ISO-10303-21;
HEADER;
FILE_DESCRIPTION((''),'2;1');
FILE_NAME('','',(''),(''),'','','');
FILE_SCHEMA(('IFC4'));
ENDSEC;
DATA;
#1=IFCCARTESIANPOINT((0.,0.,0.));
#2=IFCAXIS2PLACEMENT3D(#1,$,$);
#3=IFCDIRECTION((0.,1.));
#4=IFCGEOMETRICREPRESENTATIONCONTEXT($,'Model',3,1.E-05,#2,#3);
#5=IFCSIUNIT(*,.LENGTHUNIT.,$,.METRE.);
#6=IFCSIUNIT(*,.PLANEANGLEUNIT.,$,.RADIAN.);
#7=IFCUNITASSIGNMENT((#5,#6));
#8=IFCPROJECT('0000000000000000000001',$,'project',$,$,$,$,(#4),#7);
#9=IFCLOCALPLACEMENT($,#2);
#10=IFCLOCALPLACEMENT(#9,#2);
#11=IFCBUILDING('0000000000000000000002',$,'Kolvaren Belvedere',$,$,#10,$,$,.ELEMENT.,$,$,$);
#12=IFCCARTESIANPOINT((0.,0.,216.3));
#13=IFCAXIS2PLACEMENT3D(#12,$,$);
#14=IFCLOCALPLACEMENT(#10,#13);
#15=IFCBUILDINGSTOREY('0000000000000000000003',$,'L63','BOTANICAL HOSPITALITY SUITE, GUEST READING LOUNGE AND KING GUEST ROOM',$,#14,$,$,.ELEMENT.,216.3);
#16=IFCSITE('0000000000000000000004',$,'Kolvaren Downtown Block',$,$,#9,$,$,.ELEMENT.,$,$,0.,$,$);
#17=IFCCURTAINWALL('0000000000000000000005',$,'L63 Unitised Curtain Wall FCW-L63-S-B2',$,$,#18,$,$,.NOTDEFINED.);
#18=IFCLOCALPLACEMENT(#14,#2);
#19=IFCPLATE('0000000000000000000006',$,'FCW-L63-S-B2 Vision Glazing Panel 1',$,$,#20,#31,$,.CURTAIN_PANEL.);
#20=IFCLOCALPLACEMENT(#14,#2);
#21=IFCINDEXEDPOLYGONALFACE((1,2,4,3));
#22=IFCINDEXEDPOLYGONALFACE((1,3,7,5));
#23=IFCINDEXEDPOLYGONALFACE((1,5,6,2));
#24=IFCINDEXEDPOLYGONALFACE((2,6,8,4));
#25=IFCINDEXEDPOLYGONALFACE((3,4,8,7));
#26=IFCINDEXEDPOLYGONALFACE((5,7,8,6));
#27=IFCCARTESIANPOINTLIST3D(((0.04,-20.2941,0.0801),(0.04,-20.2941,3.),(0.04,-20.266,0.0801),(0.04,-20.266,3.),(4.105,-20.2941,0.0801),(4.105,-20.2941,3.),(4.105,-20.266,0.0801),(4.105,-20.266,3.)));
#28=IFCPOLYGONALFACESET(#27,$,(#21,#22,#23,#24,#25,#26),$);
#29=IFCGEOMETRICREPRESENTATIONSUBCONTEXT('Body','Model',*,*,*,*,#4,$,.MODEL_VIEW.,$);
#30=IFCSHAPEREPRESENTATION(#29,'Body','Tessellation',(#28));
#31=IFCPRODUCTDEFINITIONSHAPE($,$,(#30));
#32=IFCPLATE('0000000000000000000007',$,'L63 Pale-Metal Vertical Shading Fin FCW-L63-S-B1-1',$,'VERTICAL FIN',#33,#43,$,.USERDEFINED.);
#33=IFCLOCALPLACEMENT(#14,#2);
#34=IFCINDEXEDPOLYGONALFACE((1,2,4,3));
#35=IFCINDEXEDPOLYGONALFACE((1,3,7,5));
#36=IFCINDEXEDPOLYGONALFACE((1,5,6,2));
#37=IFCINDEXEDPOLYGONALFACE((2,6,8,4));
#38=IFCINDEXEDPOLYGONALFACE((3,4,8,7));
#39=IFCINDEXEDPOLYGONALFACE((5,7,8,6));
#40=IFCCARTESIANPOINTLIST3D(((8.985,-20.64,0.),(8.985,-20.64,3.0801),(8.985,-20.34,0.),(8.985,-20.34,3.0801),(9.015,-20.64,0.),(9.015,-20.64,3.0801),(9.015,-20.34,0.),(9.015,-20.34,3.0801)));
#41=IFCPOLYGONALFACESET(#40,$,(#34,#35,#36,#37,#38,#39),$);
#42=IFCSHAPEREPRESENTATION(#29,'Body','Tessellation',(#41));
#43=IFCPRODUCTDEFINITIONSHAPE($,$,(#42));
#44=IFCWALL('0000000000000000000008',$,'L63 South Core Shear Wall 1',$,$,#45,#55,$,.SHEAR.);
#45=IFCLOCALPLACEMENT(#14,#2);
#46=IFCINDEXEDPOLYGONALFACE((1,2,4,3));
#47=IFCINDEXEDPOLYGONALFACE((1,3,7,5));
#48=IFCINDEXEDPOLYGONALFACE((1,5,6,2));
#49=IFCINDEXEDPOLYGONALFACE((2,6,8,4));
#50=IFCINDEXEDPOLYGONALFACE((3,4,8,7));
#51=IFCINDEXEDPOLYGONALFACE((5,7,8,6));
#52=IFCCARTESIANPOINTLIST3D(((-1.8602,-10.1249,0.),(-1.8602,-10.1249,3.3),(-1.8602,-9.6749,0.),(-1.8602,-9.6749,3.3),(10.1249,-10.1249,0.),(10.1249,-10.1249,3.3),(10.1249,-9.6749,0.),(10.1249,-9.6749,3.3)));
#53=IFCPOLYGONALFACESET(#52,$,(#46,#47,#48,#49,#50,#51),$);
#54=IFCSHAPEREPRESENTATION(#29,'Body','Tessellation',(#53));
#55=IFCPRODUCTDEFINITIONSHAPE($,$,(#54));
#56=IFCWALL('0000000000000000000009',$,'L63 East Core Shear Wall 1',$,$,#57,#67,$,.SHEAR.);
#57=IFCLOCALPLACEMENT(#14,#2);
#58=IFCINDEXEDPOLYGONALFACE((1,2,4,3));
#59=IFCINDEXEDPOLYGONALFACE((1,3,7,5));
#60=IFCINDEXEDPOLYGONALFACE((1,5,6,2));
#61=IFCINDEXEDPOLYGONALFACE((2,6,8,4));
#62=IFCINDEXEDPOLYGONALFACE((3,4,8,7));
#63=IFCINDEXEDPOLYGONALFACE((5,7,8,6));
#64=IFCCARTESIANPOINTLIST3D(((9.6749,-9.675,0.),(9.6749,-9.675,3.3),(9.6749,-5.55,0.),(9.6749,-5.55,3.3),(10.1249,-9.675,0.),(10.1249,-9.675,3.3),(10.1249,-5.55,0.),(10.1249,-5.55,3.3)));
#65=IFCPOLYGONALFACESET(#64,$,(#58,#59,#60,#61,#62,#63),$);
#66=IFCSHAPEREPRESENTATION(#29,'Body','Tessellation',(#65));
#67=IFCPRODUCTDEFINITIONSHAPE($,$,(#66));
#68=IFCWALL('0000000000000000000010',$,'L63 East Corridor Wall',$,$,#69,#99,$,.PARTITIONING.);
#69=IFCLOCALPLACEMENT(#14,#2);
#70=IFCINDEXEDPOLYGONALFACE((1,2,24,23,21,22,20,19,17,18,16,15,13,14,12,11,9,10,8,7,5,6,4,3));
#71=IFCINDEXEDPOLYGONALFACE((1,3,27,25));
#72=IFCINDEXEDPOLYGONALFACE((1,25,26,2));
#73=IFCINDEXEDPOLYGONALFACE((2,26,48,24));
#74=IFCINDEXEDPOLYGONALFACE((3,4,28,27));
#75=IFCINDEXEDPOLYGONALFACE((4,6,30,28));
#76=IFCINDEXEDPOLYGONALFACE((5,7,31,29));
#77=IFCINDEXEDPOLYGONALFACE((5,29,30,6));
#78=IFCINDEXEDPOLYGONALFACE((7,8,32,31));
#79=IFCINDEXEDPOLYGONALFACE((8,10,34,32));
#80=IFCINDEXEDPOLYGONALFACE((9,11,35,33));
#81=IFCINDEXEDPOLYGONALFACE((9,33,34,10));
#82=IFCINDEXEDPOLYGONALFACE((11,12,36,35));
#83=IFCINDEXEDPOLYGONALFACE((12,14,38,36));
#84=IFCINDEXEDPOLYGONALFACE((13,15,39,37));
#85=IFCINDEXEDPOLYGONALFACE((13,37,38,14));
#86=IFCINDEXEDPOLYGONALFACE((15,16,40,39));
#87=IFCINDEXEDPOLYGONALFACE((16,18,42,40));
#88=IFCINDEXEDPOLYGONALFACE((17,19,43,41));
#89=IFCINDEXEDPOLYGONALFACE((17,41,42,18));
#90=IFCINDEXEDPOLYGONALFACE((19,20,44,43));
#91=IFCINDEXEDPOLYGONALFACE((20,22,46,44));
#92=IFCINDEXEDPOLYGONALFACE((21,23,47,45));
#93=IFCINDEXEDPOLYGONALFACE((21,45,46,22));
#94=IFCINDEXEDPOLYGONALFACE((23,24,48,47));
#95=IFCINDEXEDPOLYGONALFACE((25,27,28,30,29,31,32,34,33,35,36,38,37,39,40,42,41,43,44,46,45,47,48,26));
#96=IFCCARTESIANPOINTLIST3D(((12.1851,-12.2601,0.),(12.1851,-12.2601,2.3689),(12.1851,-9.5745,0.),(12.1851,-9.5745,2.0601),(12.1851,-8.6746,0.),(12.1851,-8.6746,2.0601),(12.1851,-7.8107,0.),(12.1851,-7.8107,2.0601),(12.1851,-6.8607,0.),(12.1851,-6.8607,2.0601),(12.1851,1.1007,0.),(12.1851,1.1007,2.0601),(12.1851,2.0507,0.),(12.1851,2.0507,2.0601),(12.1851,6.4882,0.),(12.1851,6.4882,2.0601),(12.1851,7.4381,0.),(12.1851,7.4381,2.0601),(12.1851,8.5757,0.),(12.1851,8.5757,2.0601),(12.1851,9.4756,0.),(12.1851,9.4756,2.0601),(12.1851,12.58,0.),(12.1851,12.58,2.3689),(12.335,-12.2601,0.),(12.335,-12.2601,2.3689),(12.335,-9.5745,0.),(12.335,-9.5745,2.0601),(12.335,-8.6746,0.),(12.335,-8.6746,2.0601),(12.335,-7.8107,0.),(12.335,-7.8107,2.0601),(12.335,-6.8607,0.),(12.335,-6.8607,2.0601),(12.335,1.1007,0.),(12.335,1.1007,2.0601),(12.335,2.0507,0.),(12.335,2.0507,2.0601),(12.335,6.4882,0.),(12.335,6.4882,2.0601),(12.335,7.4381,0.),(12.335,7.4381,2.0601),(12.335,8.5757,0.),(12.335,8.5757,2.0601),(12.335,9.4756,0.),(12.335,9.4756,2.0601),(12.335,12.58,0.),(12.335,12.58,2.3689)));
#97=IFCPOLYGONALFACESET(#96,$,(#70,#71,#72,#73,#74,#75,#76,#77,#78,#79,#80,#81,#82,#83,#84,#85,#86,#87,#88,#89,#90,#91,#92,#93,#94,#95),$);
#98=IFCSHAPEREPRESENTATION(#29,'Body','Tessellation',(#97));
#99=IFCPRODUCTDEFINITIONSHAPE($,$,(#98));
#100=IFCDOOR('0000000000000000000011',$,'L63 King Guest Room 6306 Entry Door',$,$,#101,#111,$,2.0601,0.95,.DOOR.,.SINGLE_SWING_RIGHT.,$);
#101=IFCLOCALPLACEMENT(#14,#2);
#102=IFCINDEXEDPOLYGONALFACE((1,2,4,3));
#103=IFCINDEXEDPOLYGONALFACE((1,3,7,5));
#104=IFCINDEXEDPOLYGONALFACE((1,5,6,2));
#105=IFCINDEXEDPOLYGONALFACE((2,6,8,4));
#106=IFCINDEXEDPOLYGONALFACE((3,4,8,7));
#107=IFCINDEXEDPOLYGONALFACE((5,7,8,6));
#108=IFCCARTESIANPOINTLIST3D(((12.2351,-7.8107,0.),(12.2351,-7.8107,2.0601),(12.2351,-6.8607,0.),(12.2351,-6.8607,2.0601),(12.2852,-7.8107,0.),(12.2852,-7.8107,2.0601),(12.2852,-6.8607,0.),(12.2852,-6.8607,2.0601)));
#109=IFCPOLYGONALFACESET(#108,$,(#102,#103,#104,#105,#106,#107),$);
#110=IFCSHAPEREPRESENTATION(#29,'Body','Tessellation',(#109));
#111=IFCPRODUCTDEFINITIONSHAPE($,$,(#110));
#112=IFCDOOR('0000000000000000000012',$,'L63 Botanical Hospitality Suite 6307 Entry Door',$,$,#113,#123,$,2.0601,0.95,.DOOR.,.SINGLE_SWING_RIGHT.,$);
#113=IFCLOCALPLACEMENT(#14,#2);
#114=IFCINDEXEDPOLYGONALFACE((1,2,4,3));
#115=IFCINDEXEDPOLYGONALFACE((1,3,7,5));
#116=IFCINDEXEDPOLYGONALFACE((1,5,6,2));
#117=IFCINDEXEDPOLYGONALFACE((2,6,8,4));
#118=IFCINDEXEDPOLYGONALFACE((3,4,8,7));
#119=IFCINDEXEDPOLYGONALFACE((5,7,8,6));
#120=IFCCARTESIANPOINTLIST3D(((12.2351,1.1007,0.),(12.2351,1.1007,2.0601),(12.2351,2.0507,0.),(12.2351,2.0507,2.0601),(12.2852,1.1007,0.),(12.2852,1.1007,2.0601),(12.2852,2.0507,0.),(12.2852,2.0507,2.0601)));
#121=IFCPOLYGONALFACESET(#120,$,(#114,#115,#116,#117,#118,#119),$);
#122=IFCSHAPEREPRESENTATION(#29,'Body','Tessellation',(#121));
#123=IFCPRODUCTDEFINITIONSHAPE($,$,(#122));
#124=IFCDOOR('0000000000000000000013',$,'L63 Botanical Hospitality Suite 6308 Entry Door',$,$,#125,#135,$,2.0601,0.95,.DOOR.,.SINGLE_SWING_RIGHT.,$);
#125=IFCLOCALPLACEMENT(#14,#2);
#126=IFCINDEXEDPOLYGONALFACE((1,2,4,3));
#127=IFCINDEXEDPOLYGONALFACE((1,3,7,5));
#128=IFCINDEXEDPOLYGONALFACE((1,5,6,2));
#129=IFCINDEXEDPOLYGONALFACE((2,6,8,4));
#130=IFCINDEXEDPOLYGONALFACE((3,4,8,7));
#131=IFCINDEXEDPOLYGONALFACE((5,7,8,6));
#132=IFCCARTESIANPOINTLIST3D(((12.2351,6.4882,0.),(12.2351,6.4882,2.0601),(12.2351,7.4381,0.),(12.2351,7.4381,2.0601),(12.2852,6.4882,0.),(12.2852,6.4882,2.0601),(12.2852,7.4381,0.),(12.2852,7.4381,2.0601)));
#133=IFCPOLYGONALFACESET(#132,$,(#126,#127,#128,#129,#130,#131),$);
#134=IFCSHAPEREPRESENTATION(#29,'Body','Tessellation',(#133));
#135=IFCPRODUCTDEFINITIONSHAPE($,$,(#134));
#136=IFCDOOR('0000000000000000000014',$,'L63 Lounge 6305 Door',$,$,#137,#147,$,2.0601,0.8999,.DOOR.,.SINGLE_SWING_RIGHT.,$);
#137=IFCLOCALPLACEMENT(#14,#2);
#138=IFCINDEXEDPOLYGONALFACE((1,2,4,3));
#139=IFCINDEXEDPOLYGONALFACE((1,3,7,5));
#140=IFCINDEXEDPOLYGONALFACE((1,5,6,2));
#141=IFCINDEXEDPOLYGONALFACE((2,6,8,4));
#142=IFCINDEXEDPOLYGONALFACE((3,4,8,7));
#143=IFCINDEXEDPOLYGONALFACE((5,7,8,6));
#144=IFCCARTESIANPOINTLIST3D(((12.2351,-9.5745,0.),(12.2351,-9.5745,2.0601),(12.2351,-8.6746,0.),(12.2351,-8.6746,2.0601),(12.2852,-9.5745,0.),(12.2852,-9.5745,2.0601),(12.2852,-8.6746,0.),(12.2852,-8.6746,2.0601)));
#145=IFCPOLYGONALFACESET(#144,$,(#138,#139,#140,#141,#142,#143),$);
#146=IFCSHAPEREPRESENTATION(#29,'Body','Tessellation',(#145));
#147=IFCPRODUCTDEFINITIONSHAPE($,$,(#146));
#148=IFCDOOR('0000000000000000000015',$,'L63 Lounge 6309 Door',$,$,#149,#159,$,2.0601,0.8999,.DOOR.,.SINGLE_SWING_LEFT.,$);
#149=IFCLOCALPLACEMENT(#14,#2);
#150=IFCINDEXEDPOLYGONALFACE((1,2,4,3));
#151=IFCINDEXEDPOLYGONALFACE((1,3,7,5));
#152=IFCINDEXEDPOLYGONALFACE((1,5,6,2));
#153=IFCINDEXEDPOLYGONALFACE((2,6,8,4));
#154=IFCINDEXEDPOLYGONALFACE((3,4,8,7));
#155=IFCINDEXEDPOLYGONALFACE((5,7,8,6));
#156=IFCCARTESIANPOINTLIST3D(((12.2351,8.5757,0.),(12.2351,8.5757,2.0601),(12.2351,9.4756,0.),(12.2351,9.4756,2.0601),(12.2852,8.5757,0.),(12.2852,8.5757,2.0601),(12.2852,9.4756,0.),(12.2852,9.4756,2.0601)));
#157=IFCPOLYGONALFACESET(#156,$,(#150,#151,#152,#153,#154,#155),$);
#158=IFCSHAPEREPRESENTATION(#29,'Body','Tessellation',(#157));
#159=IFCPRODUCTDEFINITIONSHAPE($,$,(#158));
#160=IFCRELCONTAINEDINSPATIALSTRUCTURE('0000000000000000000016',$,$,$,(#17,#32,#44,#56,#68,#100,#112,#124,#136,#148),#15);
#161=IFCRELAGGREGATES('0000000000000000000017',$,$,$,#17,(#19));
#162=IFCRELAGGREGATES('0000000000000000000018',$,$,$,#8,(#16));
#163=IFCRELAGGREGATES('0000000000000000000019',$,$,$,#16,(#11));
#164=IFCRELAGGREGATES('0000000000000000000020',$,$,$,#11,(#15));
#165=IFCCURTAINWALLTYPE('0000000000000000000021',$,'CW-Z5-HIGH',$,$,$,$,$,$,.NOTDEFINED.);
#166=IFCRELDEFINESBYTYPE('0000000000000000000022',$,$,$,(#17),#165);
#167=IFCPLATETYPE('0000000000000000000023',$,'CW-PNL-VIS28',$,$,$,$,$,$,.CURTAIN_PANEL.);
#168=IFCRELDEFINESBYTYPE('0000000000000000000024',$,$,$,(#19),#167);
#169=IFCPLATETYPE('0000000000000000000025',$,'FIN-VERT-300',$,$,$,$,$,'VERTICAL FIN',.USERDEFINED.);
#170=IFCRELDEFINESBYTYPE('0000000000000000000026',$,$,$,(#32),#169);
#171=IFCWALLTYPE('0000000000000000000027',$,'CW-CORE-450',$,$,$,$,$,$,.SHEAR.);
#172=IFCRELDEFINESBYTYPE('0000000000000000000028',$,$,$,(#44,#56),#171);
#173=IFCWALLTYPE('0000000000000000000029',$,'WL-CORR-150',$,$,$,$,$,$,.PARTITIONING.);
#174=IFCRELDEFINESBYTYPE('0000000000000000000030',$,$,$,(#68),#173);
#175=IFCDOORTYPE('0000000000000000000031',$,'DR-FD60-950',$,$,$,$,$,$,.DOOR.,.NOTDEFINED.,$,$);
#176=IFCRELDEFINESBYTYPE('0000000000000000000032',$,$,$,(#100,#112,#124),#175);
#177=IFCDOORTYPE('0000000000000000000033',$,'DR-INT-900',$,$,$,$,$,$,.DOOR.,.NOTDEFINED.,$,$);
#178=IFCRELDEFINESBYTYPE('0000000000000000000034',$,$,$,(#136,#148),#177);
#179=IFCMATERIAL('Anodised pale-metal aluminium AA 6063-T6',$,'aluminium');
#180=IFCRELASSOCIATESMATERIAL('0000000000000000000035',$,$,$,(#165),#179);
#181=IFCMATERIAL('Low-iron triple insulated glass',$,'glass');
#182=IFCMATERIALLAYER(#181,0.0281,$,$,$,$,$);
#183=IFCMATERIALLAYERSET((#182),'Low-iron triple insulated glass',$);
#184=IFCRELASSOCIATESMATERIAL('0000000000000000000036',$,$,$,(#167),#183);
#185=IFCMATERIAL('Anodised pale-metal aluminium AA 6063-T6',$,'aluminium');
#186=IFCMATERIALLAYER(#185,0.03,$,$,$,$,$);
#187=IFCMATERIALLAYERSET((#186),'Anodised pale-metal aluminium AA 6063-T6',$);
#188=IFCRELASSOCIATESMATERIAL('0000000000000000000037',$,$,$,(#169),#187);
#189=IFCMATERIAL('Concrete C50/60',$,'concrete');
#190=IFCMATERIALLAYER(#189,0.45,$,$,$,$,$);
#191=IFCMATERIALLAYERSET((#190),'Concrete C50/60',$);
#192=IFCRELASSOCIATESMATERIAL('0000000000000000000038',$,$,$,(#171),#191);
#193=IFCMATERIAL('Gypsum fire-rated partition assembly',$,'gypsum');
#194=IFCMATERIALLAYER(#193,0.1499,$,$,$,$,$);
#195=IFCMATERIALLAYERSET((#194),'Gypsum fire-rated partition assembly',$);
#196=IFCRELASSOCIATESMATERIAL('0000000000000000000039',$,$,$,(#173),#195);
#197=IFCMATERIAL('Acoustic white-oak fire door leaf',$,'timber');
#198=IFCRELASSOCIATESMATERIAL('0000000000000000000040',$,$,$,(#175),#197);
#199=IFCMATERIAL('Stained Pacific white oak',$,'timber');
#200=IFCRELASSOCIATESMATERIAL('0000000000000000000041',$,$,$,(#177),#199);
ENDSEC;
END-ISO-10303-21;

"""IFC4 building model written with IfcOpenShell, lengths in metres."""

from ifc_helpers import new_model, si_unit, direction, frame, frame_2d, origin, origin_2d, place, context, subcontext, project, spatial, rectangle, extrude, material, layer, layer_set, type_object, element, fill, aggregate, save


model = new_model("IFC4")

# Units and contexts
model_context = context("Model", 3, precision=1e-05, world=origin(), true_north=direction((0.0, 1.0)))
body_context = subcontext(model_context, "Body", "Model", "MODEL_VIEW")
ifc_project = project(units=[si_unit("LENGTHUNIT", "METRE"), si_unit("PLANEANGLEUNIT", "RADIAN")], contexts=[model_context])

# Site, building, storey
site_placement = place(None, origin())
site = spatial("IfcSite", under=ifc_project, at=site_placement, Name="Kolvaren Downtown Block", CompositionType="ELEMENT", RefElevation=0.0)
building_placement = place(site_placement, origin())
building = spatial("IfcBuilding", under=site, at=building_placement, Name="Kolvaren Belvedere", CompositionType="ELEMENT")
storey_placement = place(building_placement, frame((0.0, 0.0, 216.3)))
storey = spatial("IfcBuildingStorey", under=building, at=storey_placement, Name="L63", Description="BOTANICAL HOSPITALITY SUITE, GUEST READING LOUNGE AND KING GUEST ROOM", CompositionType="ELEMENT", Elevation=216.3)

# Curtain wall
ifc_material_1 = material(Name="Anodised pale-metal aluminium AA 6063-T6", Category="aluminium")
curtain_wall_type = type_object("IfcCurtainWallType", Name="CW-Z5-HIGH", PredefinedType="NOTDEFINED", material=ifc_material_1)
curtain_wall_1_placement = place(storey_placement, origin())
curtain_wall_1 = element("IfcCurtainWall", 1, at=curtain_wall_1_placement, inside=storey, type_object=curtain_wall_type, Name="L63 Unitised Curtain Wall FCW-L63-S-B2", PredefinedType="NOTDEFINED")

# Plates
ifc_material_2 = material(Name="Low-iron triple insulated glass", Category="glass")
ifc_layer_1 = layer(ifc_material_2, 0.0281)
ifc_layer_set_1 = layer_set([ifc_layer_1], Name="Low-iron triple insulated glass")
plate_type_1 = type_object("IfcPlateType", Name="CW-PNL-VIS28", PredefinedType="CURTAIN_PANEL", material=ifc_layer_set_1)
plate_1_placement = place(storey_placement, frame((2.0725, -20.28, 0.0801), z_axis=(0.0, 0.0, 1.0), x_axis=(-1.0, 0.0, 0.0)))
plate_1 = element("IfcPlate", 2, at=plate_1_placement, type_object=plate_type_1, Name="FCW-L63-S-B2 Vision Glazing Panel 1", PredefinedType="CURTAIN_PANEL", context=body_context, shape_type="SweptSolid", body=[
    extrude(rectangle(XDim=4.0649, YDim=0.0281, at=origin_2d()), origin(), (0.0, 0.0, 1.0), 2.9199),
])
aggregate(curtain_wall_1, [plate_1])
ifc_material_3 = material(Name="Anodised pale-metal aluminium AA 6063-T6", Category="aluminium")
ifc_layer_2 = layer(ifc_material_3, 0.03)
ifc_layer_set_2 = layer_set([ifc_layer_2], Name="Anodised pale-metal aluminium AA 6063-T6")
plate_type_2 = type_object("IfcPlateType", Name="FIN-VERT-300", ElementType="VERTICAL FIN", PredefinedType="USERDEFINED", material=ifc_layer_set_2)
plate_2_placement = place(storey_placement, frame((9.0, -20.49, 0.0), z_axis=(0.0, 0.0, 1.0), x_axis=(0.0, 1.0, 0.0)))
element("IfcPlate", 3, at=plate_2_placement, inside=storey, type_object=plate_type_2, Name="L63 Pale-Metal Vertical Shading Fin FCW-L63-S-B1-1", ObjectType="VERTICAL FIN", PredefinedType="USERDEFINED", context=body_context, shape_type="SweptSolid", body=[
    extrude(rectangle(XDim=0.3, YDim=0.03, at=origin_2d()), origin(), (0.0, 0.0, 1.0), 3.0801),
])

# Walls
ifc_material_4 = material(Name="Concrete C50/60", Category="concrete")
ifc_layer_3 = layer(ifc_material_4, 0.45)
ifc_layer_set_3 = layer_set([ifc_layer_3], Name="Concrete C50/60")
wall_type_1 = type_object("IfcWallType", Name="CW-CORE-450", PredefinedType="SHEAR", material=ifc_layer_set_3)
wall_1_placement = place(storey_placement, frame((10.125, -9.8999, 0.0), z_axis=(0.0, 0.0, 1.0), x_axis=(-1.0, 0.0, 0.0)))
element("IfcWall", 4, at=wall_1_placement, inside=storey, type_object=wall_type_1, Name="L63 South Core Shear Wall 1", PredefinedType="SHEAR", context=body_context, shape_type="SweptSolid", body=[
    extrude(rectangle(XDim=11.9851, YDim=0.45, at=frame_2d((5.9927, 0.0))), origin(), (0.0, 0.0, 1.0), 3.3),
])
wall_2_placement = place(storey_placement, frame((9.8999, -9.675, 0.0), z_axis=(0.0, 0.0, 1.0), x_axis=(0.0, 1.0, 0.0)))
element("IfcWall", 5, at=wall_2_placement, inside=storey, type_object=wall_type_1, Name="L63 East Core Shear Wall 1", PredefinedType="SHEAR", context=body_context, shape_type="SweptSolid", body=[
    extrude(rectangle(XDim=4.125, YDim=0.45, at=frame_2d((2.0625, 0.0))), origin(), (0.0, 0.0, 1.0), 3.3),
])

# Wall, openings, doors
ifc_material_5 = material(Name="Gypsum fire-rated partition assembly", Category="gypsum")
ifc_layer_4 = layer(ifc_material_5, 0.1499)
ifc_layer_set_4 = layer_set([ifc_layer_4], Name="Gypsum fire-rated partition assembly")
wall_type_2 = type_object("IfcWallType", Name="WL-CORR-150", PredefinedType="PARTITIONING", material=ifc_layer_set_4)
wall_3_placement = place(storey_placement, frame((12.26, -12.26, 0.0), z_axis=(0.0, 0.0, 1.0), x_axis=(0.0, 1.0, 0.0)))
wall_3 = element("IfcWall", 6, at=wall_3_placement, inside=storey, type_object=wall_type_2, Name="L63 East Corridor Wall", PredefinedType="PARTITIONING", context=body_context, shape_type="SweptSolid", body=[
    extrude(rectangle(XDim=24.8401, YDim=0.1499, at=frame_2d((12.4199, 0.0))), origin(), (0.0, 0.0, 1.0), 2.3689),
])
opening_1_placement = place(wall_3_placement, frame((2.6855, 0.0, 0.0)))
opening_1 = element("IfcOpeningElement", 7, at=opening_1_placement, cuts=wall_3, PredefinedType="OPENING", context=body_context, shape_type="SweptSolid", body=[
    extrude(rectangle(XDim=0.8999, YDim=2.0601, at=frame_2d((0.45, 1.03))), frame((0.0, 0.085, 0.0), z_axis=(0.0, -1.0, 0.0), x_axis=(1.0, 0.0, 0.0)), (0.0, 0.0, 1.0), 0.1699),
])
opening_2_placement = place(wall_3_placement, frame((4.4492, 0.0, 0.0)))
opening_2 = element("IfcOpeningElement", 8, at=opening_2_placement, cuts=wall_3, PredefinedType="OPENING", context=body_context, shape_type="SweptSolid", body=[
    extrude(rectangle(XDim=0.95, YDim=2.0601, at=frame_2d((0.4751, 1.03))), frame((0.0, 0.085, 0.0), z_axis=(0.0, -1.0, 0.0), x_axis=(1.0, 0.0, 0.0)), (0.0, 0.0, 1.0), 0.1699),
])
opening_3_placement = place(wall_3_placement, frame((13.3606, 0.0, 0.0)))
opening_3 = element("IfcOpeningElement", 9, at=opening_3_placement, cuts=wall_3, PredefinedType="OPENING", context=body_context, shape_type="SweptSolid", body=[
    extrude(rectangle(XDim=0.95, YDim=2.0601, at=frame_2d((0.4751, 1.03))), frame((0.0, 0.085, 0.0), z_axis=(0.0, -1.0, 0.0), x_axis=(1.0, 0.0, 0.0)), (0.0, 0.0, 1.0), 0.1699),
])
opening_4_placement = place(wall_3_placement, frame((18.748, 0.0, 0.0)))
opening_4 = element("IfcOpeningElement", 10, at=opening_4_placement, cuts=wall_3, PredefinedType="OPENING", context=body_context, shape_type="SweptSolid", body=[
    extrude(rectangle(XDim=0.95, YDim=2.0601, at=frame_2d((0.4751, 1.03))), frame((0.0, 0.085, 0.0), z_axis=(0.0, -1.0, 0.0), x_axis=(1.0, 0.0, 0.0)), (0.0, 0.0, 1.0), 0.1699),
])
opening_5_placement = place(wall_3_placement, frame((20.8357, 0.0, 0.0)))
opening_5 = element("IfcOpeningElement", 11, at=opening_5_placement, cuts=wall_3, PredefinedType="OPENING", context=body_context, shape_type="SweptSolid", body=[
    extrude(rectangle(XDim=0.8999, YDim=2.0601, at=frame_2d((0.45, 1.03))), frame((0.0, 0.085, 0.0), z_axis=(0.0, -1.0, 0.0), x_axis=(1.0, 0.0, 0.0)), (0.0, 0.0, 1.0), 0.1699),
])
ifc_material_6 = material(Name="Acoustic white-oak fire door leaf", Category="timber")
door_type_1 = type_object("IfcDoorType", Name="DR-FD60-950", OperationType="NOTDEFINED", PredefinedType="DOOR", material=ifc_material_6)
door_1_placement = place(opening_2_placement, origin())
door_1 = element("IfcDoor", 12, at=door_1_placement, inside=storey, type_object=door_type_1, Name="L63 King Guest Room 6306 Entry Door", OperationType="SINGLE_SWING_RIGHT", OverallHeight=2.0601, OverallWidth=0.95, PredefinedType="DOOR", context=body_context, shape_type="SweptSolid", body=[
    extrude(rectangle(XDim=0.95, YDim=2.0601, at=frame_2d((0.4751, 1.03))), frame((0.0, 0.0249, 0.0), z_axis=(0.0, -1.0, 0.0), x_axis=(1.0, 0.0, 0.0)), (0.0, 0.0, 1.0), 0.05),
])
fill(opening_2, door_1)
door_2_placement = place(opening_3_placement, origin())
door_2 = element("IfcDoor", 13, at=door_2_placement, inside=storey, type_object=door_type_1, Name="L63 Botanical Hospitality Suite 6307 Entry Door", OperationType="SINGLE_SWING_RIGHT", OverallHeight=2.0601, OverallWidth=0.95, PredefinedType="DOOR", context=body_context, shape_type="SweptSolid", body=[
    extrude(rectangle(XDim=0.95, YDim=2.0601, at=frame_2d((0.4751, 1.03))), frame((0.0, 0.0249, 0.0), z_axis=(0.0, -1.0, 0.0), x_axis=(1.0, 0.0, 0.0)), (0.0, 0.0, 1.0), 0.05),
])
fill(opening_3, door_2)
door_3_placement = place(opening_4_placement, origin())
door_3 = element("IfcDoor", 14, at=door_3_placement, inside=storey, type_object=door_type_1, Name="L63 Botanical Hospitality Suite 6308 Entry Door", OperationType="SINGLE_SWING_RIGHT", OverallHeight=2.0601, OverallWidth=0.95, PredefinedType="DOOR", context=body_context, shape_type="SweptSolid", body=[
    extrude(rectangle(XDim=0.95, YDim=2.0601, at=frame_2d((0.4751, 1.03))), frame((0.0, 0.0249, 0.0), z_axis=(0.0, -1.0, 0.0), x_axis=(1.0, 0.0, 0.0)), (0.0, 0.0, 1.0), 0.05),
])
fill(opening_4, door_3)
ifc_material_7 = material(Name="Stained Pacific white oak", Category="timber")
door_type_2 = type_object("IfcDoorType", Name="DR-INT-900", OperationType="NOTDEFINED", PredefinedType="DOOR", material=ifc_material_7)
door_4_placement = place(opening_1_placement, origin())
door_4 = element("IfcDoor", 15, at=door_4_placement, inside=storey, type_object=door_type_2, Name="L63 Lounge 6305 Door", OperationType="SINGLE_SWING_RIGHT", OverallHeight=2.0601, OverallWidth=0.8999, PredefinedType="DOOR", context=body_context, shape_type="SweptSolid", body=[
    extrude(rectangle(XDim=0.8999, YDim=2.0601, at=frame_2d((0.45, 1.03))), frame((0.0, 0.0249, 0.0), z_axis=(0.0, -1.0, 0.0), x_axis=(1.0, 0.0, 0.0)), (0.0, 0.0, 1.0), 0.05),
])
fill(opening_1, door_4)
door_5_placement = place(opening_5_placement, origin())
door_5 = element("IfcDoor", 16, at=door_5_placement, inside=storey, type_object=door_type_2, Name="L63 Lounge 6309 Door", OperationType="SINGLE_SWING_LEFT", OverallHeight=2.0601, OverallWidth=0.8999, PredefinedType="DOOR", context=body_context, shape_type="SweptSolid", body=[
    extrude(rectangle(XDim=0.8999, YDim=2.0601, at=frame_2d((0.45, 1.03))), frame((0.0, 0.0249, 0.0), z_axis=(0.0, -1.0, 0.0), x_axis=(1.0, 0.0, 0.0)), (0.0, 0.0, 1.0), 0.05),
])
fill(opening_5, door_5)

save(model, "model.ifc")
